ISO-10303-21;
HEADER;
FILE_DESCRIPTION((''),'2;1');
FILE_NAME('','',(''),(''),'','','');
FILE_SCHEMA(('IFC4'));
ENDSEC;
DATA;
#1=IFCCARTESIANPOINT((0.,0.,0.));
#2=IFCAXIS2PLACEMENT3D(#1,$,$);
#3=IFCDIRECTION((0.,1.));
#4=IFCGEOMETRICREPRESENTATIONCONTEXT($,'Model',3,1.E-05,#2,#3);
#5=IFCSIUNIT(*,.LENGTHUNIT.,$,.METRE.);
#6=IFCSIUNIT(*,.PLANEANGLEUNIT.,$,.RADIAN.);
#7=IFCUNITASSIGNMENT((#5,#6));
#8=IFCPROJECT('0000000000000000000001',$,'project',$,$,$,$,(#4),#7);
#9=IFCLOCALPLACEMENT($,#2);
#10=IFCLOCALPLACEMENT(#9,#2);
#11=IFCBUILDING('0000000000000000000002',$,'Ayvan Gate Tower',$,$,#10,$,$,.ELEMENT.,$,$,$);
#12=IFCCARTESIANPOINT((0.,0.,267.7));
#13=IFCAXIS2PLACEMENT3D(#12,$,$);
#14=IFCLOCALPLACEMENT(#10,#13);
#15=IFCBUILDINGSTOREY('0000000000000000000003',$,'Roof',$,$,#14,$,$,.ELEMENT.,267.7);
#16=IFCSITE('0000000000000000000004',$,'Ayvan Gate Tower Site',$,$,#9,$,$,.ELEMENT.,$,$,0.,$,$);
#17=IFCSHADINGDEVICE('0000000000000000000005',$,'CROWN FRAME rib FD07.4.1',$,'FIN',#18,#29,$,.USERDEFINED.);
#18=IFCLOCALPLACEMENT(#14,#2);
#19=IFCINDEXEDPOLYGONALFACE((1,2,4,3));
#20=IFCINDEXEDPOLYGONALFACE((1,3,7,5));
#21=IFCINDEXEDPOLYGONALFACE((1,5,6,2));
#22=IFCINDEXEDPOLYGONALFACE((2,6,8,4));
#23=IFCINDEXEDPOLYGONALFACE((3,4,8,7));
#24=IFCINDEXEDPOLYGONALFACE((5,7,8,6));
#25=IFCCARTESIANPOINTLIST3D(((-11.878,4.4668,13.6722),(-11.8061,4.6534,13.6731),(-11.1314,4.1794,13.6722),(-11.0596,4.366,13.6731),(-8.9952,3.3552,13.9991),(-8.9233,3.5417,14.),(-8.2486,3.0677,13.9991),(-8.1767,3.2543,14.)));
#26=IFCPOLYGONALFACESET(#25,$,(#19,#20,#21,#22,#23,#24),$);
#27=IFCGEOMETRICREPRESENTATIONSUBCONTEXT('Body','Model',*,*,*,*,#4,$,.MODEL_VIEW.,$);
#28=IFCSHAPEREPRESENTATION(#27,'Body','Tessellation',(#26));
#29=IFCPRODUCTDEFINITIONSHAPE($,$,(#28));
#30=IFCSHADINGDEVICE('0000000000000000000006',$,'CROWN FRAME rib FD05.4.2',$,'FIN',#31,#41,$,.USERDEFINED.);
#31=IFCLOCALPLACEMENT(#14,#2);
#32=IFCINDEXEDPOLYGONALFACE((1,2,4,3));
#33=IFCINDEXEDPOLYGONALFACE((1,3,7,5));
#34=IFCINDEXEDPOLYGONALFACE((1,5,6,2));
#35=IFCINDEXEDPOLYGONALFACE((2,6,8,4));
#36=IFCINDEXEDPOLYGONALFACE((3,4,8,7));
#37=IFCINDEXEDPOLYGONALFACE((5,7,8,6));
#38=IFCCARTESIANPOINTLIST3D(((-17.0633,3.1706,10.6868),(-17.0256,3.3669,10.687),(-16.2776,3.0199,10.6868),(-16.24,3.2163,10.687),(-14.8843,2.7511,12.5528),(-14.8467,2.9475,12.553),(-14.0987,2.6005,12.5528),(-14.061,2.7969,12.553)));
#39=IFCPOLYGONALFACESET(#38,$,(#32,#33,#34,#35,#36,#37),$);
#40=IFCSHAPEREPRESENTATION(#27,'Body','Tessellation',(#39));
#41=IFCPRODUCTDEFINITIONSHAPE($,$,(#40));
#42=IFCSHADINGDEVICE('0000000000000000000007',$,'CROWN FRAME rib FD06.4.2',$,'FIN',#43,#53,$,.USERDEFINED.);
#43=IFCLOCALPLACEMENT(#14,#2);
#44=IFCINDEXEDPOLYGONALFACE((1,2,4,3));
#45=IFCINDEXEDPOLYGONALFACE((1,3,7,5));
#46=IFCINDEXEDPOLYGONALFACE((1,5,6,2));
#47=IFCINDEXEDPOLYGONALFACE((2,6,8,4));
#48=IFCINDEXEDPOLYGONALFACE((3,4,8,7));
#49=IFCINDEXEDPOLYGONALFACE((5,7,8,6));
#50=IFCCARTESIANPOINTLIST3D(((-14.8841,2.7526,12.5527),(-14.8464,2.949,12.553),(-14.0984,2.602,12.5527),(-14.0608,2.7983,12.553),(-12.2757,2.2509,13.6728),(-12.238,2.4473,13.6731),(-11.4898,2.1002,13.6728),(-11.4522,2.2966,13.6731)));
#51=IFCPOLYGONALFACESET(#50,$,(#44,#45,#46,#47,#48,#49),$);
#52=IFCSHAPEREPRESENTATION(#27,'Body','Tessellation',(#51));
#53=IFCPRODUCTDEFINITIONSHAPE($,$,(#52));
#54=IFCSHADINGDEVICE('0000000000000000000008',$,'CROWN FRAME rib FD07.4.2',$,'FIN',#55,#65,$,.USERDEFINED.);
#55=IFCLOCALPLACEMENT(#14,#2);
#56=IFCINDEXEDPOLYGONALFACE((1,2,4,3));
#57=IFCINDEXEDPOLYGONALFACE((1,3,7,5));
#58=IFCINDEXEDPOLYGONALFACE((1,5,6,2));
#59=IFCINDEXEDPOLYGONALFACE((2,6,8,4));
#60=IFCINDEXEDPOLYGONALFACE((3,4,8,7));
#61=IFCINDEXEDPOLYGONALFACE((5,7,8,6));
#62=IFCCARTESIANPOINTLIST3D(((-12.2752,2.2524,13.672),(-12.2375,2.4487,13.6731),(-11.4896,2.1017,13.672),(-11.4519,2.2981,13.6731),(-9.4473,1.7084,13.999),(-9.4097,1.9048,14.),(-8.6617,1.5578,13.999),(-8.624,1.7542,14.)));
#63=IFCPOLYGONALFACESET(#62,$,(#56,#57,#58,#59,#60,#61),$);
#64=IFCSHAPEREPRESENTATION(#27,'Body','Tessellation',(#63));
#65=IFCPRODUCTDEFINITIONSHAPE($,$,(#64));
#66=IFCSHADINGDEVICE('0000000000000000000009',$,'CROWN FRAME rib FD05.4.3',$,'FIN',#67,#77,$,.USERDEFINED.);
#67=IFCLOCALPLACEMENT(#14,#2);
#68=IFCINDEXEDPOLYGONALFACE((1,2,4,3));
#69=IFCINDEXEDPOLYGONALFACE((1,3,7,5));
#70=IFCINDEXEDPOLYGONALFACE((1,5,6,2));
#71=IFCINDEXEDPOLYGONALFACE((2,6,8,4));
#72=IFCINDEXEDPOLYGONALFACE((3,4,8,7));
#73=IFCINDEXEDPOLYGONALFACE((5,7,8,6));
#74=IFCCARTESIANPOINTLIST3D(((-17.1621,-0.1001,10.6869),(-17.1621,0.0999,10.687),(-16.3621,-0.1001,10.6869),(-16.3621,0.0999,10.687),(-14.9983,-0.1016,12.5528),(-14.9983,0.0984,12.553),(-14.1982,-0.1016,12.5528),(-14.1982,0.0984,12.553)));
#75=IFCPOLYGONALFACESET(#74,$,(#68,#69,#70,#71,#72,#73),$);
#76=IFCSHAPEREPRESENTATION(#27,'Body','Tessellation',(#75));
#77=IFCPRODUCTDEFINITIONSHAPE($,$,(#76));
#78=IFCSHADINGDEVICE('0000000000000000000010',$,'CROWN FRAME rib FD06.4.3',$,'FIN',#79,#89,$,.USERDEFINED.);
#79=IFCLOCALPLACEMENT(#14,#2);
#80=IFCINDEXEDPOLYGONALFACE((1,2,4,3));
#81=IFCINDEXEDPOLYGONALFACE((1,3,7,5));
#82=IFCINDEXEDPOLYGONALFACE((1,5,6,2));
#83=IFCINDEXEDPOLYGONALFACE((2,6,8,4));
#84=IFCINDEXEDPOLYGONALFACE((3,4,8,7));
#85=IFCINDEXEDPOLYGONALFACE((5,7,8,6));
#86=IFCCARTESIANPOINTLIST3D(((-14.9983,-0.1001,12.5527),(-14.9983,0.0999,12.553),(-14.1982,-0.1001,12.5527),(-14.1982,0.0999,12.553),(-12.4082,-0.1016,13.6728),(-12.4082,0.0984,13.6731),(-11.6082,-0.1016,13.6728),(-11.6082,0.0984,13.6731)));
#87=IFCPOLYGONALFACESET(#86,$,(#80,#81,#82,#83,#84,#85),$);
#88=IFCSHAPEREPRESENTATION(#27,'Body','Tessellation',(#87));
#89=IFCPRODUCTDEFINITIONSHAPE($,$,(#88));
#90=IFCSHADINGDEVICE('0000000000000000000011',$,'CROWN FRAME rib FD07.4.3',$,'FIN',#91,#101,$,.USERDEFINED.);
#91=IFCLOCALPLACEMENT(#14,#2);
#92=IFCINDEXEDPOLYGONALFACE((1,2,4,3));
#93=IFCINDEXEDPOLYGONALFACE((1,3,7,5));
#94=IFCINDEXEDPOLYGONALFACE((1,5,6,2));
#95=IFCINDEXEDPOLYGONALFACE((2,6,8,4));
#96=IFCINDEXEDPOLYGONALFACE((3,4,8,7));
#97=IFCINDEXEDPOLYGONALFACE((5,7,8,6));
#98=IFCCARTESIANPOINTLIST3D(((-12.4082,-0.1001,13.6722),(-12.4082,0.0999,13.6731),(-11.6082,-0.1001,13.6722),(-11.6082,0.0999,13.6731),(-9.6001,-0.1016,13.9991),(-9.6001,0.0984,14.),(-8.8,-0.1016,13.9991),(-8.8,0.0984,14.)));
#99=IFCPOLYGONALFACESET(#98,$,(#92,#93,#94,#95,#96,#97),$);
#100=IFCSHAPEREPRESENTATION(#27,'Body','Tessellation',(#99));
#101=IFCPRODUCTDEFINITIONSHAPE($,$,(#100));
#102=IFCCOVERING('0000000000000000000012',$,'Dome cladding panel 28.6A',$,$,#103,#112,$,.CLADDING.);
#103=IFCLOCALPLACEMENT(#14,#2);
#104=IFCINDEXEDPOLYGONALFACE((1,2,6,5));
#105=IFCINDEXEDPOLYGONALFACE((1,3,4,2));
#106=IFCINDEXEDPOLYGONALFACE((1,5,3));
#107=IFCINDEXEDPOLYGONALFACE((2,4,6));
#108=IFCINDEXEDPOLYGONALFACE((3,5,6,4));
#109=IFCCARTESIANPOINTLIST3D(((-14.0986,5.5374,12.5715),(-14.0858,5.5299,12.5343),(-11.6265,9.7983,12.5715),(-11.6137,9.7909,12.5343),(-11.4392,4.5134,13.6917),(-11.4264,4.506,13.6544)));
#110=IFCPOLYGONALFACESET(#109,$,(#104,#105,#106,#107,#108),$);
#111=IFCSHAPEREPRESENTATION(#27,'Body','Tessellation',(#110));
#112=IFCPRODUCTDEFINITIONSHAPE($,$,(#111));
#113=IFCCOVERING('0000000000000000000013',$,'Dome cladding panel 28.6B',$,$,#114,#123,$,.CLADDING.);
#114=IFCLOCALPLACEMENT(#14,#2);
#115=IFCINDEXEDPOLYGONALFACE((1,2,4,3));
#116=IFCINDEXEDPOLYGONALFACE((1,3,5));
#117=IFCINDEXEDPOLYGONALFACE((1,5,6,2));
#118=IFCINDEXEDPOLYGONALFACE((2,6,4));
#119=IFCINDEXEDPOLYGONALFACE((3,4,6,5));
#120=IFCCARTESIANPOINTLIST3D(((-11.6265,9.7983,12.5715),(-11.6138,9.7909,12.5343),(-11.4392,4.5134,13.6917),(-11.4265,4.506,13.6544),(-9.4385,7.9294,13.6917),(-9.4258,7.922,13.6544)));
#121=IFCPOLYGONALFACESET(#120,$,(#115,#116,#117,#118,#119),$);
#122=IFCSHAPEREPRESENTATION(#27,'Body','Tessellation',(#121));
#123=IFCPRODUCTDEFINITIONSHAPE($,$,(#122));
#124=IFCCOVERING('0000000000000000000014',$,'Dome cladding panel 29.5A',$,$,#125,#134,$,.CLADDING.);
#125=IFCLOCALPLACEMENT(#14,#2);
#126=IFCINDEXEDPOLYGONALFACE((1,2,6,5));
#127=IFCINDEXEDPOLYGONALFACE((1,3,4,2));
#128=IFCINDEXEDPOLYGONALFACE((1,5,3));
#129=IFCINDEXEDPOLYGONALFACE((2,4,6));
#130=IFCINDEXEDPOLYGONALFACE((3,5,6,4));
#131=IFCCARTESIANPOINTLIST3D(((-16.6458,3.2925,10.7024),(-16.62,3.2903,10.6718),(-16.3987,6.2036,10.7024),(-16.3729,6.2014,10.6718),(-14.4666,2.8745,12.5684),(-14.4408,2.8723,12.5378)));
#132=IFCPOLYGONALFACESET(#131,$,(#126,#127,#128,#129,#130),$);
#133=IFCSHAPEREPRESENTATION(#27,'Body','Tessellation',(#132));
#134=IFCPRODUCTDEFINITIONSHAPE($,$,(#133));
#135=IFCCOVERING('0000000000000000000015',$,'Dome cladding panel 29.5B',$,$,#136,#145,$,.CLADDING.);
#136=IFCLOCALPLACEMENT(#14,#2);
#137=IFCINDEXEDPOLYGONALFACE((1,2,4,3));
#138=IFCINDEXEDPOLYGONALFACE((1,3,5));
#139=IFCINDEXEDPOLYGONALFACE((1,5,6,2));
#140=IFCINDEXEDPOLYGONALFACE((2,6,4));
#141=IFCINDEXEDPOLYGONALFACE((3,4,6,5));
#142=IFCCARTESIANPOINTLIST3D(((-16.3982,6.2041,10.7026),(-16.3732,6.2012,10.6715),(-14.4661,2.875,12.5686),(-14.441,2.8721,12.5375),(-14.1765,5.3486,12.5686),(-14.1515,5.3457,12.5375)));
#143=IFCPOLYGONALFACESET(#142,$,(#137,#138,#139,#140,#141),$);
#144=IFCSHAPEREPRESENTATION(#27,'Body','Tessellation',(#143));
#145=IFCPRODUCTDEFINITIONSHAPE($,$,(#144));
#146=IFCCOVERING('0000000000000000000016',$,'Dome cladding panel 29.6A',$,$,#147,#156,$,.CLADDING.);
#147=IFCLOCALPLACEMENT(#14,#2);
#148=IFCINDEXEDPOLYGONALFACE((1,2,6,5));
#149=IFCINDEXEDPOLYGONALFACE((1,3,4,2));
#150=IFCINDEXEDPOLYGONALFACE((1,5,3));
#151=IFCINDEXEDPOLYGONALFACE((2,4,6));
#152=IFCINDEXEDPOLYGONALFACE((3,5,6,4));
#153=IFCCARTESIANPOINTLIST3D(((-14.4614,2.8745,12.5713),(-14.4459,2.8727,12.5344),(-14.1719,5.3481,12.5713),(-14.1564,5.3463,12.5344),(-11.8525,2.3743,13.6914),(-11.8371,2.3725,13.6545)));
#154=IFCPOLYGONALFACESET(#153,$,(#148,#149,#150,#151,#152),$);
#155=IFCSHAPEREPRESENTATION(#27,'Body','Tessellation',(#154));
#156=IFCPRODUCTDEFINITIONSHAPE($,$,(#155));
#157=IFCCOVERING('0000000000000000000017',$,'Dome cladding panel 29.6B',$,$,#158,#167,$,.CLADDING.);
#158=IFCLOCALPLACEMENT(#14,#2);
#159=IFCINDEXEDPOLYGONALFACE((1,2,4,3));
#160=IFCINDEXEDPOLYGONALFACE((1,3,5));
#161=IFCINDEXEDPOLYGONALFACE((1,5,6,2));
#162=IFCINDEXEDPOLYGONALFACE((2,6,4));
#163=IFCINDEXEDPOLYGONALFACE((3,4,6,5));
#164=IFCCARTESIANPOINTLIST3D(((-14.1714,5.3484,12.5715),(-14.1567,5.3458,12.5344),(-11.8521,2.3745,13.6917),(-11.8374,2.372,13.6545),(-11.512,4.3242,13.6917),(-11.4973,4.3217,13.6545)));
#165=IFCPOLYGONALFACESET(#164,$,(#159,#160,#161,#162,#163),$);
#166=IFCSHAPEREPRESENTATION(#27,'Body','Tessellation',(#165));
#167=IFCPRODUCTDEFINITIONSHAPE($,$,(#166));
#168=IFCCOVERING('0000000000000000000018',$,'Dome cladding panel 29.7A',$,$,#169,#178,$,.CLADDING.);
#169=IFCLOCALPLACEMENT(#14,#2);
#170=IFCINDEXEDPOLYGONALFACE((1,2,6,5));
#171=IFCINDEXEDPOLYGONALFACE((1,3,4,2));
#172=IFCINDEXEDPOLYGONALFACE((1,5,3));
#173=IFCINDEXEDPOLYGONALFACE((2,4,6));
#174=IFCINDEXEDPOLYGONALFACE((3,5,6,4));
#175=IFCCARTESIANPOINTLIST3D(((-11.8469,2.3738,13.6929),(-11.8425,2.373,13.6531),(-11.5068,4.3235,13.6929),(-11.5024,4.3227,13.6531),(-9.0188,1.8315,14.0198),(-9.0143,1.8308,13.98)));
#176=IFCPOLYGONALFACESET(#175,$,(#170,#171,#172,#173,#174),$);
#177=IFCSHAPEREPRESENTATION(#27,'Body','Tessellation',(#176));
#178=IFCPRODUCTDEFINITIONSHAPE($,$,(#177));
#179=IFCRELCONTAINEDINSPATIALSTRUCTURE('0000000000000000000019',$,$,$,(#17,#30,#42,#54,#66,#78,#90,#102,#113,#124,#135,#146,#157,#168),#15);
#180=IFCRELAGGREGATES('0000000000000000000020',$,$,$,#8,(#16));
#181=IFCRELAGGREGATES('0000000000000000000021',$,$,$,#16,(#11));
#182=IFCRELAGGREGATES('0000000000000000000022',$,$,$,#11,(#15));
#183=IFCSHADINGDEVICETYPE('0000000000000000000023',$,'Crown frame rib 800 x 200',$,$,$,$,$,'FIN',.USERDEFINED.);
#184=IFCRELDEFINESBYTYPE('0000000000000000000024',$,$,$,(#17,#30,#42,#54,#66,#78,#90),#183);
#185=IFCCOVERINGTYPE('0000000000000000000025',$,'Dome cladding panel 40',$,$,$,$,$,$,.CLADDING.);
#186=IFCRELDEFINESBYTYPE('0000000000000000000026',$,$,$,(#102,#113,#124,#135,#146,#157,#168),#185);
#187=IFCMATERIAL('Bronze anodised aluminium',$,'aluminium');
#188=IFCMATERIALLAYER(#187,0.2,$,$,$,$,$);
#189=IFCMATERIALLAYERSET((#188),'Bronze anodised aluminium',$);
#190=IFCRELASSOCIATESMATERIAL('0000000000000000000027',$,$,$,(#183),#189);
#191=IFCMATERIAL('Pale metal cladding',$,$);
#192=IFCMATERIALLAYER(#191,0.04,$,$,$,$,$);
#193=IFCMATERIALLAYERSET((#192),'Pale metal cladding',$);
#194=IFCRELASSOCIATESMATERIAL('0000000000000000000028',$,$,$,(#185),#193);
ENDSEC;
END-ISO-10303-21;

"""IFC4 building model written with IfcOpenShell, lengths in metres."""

from ifc_helpers import new_model, si_unit, direction, frame, origin, place, context, subcontext, project, spatial, polyline, outline, extrude, material, layer, layer_set, type_object, element, save


model = new_model("IFC4")

# Units and contexts
model_context = context("Model", 3, precision=1e-05, world=origin(), true_north=direction((0.0, 1.0)))
body_context = subcontext(model_context, "Body", "Model", "MODEL_VIEW")
ifc_project = project(units=[si_unit("LENGTHUNIT", "METRE"), si_unit("PLANEANGLEUNIT", "RADIAN")], contexts=[model_context])

# Site, building, storey
site_placement = place(None, origin())
site = spatial("IfcSite", under=ifc_project, at=site_placement, Name="Ayvan Gate Tower Site", CompositionType="ELEMENT", RefElevation=0.0)
building_placement = place(site_placement, origin())
building = spatial("IfcBuilding", under=site, at=building_placement, Name="Ayvan Gate Tower", CompositionType="ELEMENT")
storey_placement = place(building_placement, frame((0.0, 0.0, 267.7)))
storey = spatial("IfcBuildingStorey", under=building, at=storey_placement, Name="Roof", CompositionType="ELEMENT", Elevation=267.7)

# Shading devices
ifc_material_1 = material(Name="Bronze anodised aluminium", Category="aluminium")
ifc_layer_1 = layer(ifc_material_1, 0.2)
ifc_layer_set_1 = layer_set([ifc_layer_1], Name="Bronze anodised aluminium")
shading_device_type = type_object("IfcShadingDeviceType", Name="Crown frame rib 800 x 200", ElementType="FIN", PredefinedType="USERDEFINED", material=ifc_layer_set_1)
shading_device_1_placement = place(storey_placement, frame((-11.0596, 4.366, 13.6731), z_axis=(0.359333, 0.933198, 0.004714), x_axis=(-0.933208, 0.359337, 0.000001)))
element("IfcShadingDevice", 1, at=shading_device_1_placement, inside=storey, type_object=shading_device_type, Name="CROWN FRAME rib FD07.4.1", ObjectType="FIN", PredefinedType="USERDEFINED", context=body_context, shape_type="SweptSolid", body=[
    extrude(outline(polyline([(0.0, 0.0), (0.8, 0.0), (-2.2897, 0.3269), (-3.0898, 0.3269), (0.0, 0.0)])), origin(), (0.0, 0.0, -1.0), 0.2),
])
shading_device_2_placement = place(storey_placement, frame((-16.24, 3.2163, 10.687), z_axis=(0.188304, 0.98211, 0.00087), x_axis=(-0.982111, 0.188304, 0.0)))
element("IfcShadingDevice", 2, at=shading_device_2_placement, inside=storey, type_object=shading_device_type, Name="CROWN FRAME rib FD05.4.2", ObjectType="FIN", PredefinedType="USERDEFINED", context=body_context, shape_type="SweptSolid", body=[
    extrude(outline(polyline([(0.0, 0.0), (0.8, 0.0), (-1.419, 1.866), (-2.219, 1.866), (0.0, 0.0)])), origin(), (0.0, 0.0, -1.0), 0.2),
])
shading_device_3_placement = place(storey_placement, frame((-14.0608, 2.7983, 12.553), z_axis=(0.188276, 0.982115, 0.001442), x_axis=(-0.982116, 0.188276, 0.0)))
element("IfcShadingDevice", 3, at=shading_device_3_placement, inside=storey, type_object=shading_device_type, Name="CROWN FRAME rib FD06.4.2", ObjectType="FIN", PredefinedType="USERDEFINED", context=body_context, shape_type="SweptSolid", body=[
    extrude(outline(polyline([(0.0, 0.0), (0.8, 0.0), (-1.8563, 1.1201), (-2.6564, 1.1201), (0.0, 0.0)])), origin(), (0.0, 0.0, -1.0), 0.2),
])
shading_device_4_placement = place(storey_placement, frame((-11.4519, 2.2981, 13.6731), z_axis=(0.188301, 0.982097, 0.005241), x_axis=(-0.982111, 0.188304, 0.0)))
element("IfcShadingDevice", 4, at=shading_device_4_placement, inside=storey, type_object=shading_device_type, Name="CROWN FRAME rib FD07.4.2", ObjectType="FIN", PredefinedType="USERDEFINED", context=body_context, shape_type="SweptSolid", body=[
    extrude(outline(polyline([(0.0, 0.0), (0.8, 0.0), (-2.0798, 0.3269), (-2.8797, 0.3269), (0.0, 0.0)])), origin(), (0.0, 0.0, -1.0), 0.2),
])
shading_device_5_placement = place(storey_placement, frame((-16.3621, 0.0999, 10.687), z_axis=(0.0, 1.0, 0.000785), x_axis=(-1.0, 0.0, 0.0)))
element("IfcShadingDevice", 5, at=shading_device_5_placement, inside=storey, type_object=shading_device_type, Name="CROWN FRAME rib FD05.4.3", ObjectType="FIN", PredefinedType="USERDEFINED", context=body_context, shape_type="SweptSolid", body=[
    extrude(outline(polyline([(0.0, 0.0), (0.8, 0.0), (-1.3638, 1.866), (-2.1638, 1.866), (0.0, 0.0)])), origin(), (0.0, 0.0, -1.0), 0.2),
])
shading_device_6_placement = place(storey_placement, frame((-14.1982, 0.0999, 12.553), z_axis=(0.0, 0.999999, 0.001308), x_axis=(-1.0, 0.0, 0.0)))
element("IfcShadingDevice", 6, at=shading_device_6_placement, inside=storey, type_object=shading_device_type, Name="CROWN FRAME rib FD06.4.3", ObjectType="FIN", PredefinedType="USERDEFINED", context=body_context, shape_type="SweptSolid", body=[
    extrude(outline(polyline([(0.0, 0.0), (0.8, 0.0), (-1.79, 1.1201), (-2.5901, 1.1201), (0.0, 0.0)])), origin(), (0.0, 0.0, -1.0), 0.2),
])
shading_device_7_placement = place(storey_placement, frame((-11.6082, 0.0999, 13.6731), z_axis=(0.0, 0.99999, 0.004481), x_axis=(-1.0, 0.0, 0.0)))
element("IfcShadingDevice", 7, at=shading_device_7_placement, inside=storey, type_object=shading_device_type, Name="CROWN FRAME rib FD07.4.3", ObjectType="FIN", PredefinedType="USERDEFINED", context=body_context, shape_type="SweptSolid", body=[
    extrude(outline(polyline([(0.0, 0.0), (0.8, 0.0), (-2.0081, 0.3269), (-2.8081, 0.3269), (0.0, 0.0)])), origin(), (0.0, 0.0, -1.0), 0.2),
])

# Coverings
ifc_material_2 = material(Name="Pale metal cladding")
ifc_layer_2 = layer(ifc_material_2, 0.04)
ifc_layer_set_2 = layer_set([ifc_layer_2], Name="Pale metal cladding")
covering_type = type_object("IfcCoveringType", Name="Dome cladding panel 40", PredefinedType="CLADDING", material=ifc_layer_set_2)
covering_1_placement = place(storey_placement, frame((-11.6265, 9.7983, 12.5715), z_axis=(-0.319874, 0.185587, 0.929106), x_axis=(-0.501839, -0.864961, 0.0)))
element("IfcCovering", 8, at=covering_1_placement, inside=storey, type_object=covering_type, Name="Dome cladding panel 28.6A", PredefinedType="CLADDING", context=body_context, shape_type="SweptSolid", body=[
    extrude(outline(polyline([(0.0, 0.0), (4.9262, 0.0), (4.4773, 3.0289), (0.0, 0.0)])), origin(), (0.0, 0.0, -1.0), 0.04),
])
covering_2_placement = place(storey_placement, frame((-11.6265, 9.7983, 12.5715), z_axis=(-0.31732, 0.185852, 0.929929), x_axis=(0.034641, -0.977682, 0.207216)))
element("IfcCovering", 9, at=covering_2_placement, inside=storey, type_object=covering_type, Name="Dome cladding panel 28.6B", PredefinedType="CLADDING", context=body_context, shape_type="SweptSolid", body=[
    extrude(outline(polyline([(0.0, 0.0), (5.4056, 0.0), (2.1351, 2.2307), (0.0, 0.0)])), origin(), (0.0, 0.0, -1.0), 0.04),
])
covering_3_placement = place(storey_placement, frame((-16.3987, 6.2036, 10.7024), z_axis=(-0.643372, 0.054604, 0.763604), x_axis=(-0.084567, -0.996418, 0.0)))
element("IfcCovering", 10, at=covering_3_placement, inside=storey, type_object=covering_type, Name="Dome cladding panel 29.5A", PredefinedType="CLADDING", context=body_context, shape_type="SweptSolid", body=[
    extrude(outline(polyline([(0.0, 0.0), (2.9216, 0.0), (3.1538, 2.8899), (0.0, 0.0)])), origin(), (0.0, 0.0, -1.0), 0.04),
])
covering_4_placement = place(storey_placement, frame((-16.3982, 6.2041, 10.7026), z_axis=(-0.624759, 0.073131, 0.777385), x_axis=(0.451685, -0.778264, 0.436218)))
element("IfcCovering", 11, at=covering_4_placement, inside=storey, type_object=covering_type, Name="Dome cladding panel 29.5B", PredefinedType="CLADDING", context=body_context, shape_type="SweptSolid", body=[
    extrude(outline(polyline([(0.0, 0.0), (4.2776, 0.0), (2.4832, 1.7271), (0.0, 0.0)])), origin(), (0.0, 0.0, -1.0), 0.04),
])
covering_5_placement = place(storey_placement, frame((-14.1719, 5.3481, 12.5713), z_axis=(-0.386774, 0.045274, 0.921062), x_axis=(-0.116261, -0.993219, 0.0)))
element("IfcCovering", 12, at=covering_5_placement, inside=storey, type_object=covering_type, Name="Dome cladding panel 29.6A", PredefinedType="CLADDING", context=body_context, shape_type="SweptSolid", body=[
    extrude(outline(polyline([(0.0, 0.0), (2.4905, 0.0), (2.6841, 2.8764), (0.0, 0.0)])), origin(), (0.0, 0.0, -1.0), 0.04),
])
covering_6_placement = place(storey_placement, frame((-14.1714, 5.3484, 12.5715), z_axis=(-0.366367, 0.063905, 0.928273), x_axis=(0.589532, -0.755904, 0.284713)))
element("IfcCovering", 13, at=covering_6_placement, inside=storey, type_object=covering_type, Name="Dome cladding panel 29.6B", PredefinedType="CLADDING", context=body_context, shape_type="SweptSolid", body=[
    extrude(outline(polyline([(0.0, 0.0), (3.9342, 0.0), (2.6609, 1.5152), (0.0, 0.0)])), origin(), (0.0, 0.0, -1.0), 0.04),
])
covering_7_placement = place(storey_placement, frame((-11.5068, 4.3235, 13.6929), z_axis=(-0.111136, 0.019385, 0.993616), x_axis=(-0.171836, -0.985126, 0.0)))
element("IfcCovering", 14, at=covering_7_placement, inside=storey, type_object=covering_type, Name="Dome cladding panel 29.7A", PredefinedType="CLADDING", context=body_context, shape_type="SweptSolid", body=[
    extrude(outline(polyline([(0.0, 0.0), (1.9791, 0.0), (2.0273, 2.8977), (0.0, 0.0)])), origin(), (0.0, 0.0, -1.0), 0.04),
])

save(model, "model.ifc")
